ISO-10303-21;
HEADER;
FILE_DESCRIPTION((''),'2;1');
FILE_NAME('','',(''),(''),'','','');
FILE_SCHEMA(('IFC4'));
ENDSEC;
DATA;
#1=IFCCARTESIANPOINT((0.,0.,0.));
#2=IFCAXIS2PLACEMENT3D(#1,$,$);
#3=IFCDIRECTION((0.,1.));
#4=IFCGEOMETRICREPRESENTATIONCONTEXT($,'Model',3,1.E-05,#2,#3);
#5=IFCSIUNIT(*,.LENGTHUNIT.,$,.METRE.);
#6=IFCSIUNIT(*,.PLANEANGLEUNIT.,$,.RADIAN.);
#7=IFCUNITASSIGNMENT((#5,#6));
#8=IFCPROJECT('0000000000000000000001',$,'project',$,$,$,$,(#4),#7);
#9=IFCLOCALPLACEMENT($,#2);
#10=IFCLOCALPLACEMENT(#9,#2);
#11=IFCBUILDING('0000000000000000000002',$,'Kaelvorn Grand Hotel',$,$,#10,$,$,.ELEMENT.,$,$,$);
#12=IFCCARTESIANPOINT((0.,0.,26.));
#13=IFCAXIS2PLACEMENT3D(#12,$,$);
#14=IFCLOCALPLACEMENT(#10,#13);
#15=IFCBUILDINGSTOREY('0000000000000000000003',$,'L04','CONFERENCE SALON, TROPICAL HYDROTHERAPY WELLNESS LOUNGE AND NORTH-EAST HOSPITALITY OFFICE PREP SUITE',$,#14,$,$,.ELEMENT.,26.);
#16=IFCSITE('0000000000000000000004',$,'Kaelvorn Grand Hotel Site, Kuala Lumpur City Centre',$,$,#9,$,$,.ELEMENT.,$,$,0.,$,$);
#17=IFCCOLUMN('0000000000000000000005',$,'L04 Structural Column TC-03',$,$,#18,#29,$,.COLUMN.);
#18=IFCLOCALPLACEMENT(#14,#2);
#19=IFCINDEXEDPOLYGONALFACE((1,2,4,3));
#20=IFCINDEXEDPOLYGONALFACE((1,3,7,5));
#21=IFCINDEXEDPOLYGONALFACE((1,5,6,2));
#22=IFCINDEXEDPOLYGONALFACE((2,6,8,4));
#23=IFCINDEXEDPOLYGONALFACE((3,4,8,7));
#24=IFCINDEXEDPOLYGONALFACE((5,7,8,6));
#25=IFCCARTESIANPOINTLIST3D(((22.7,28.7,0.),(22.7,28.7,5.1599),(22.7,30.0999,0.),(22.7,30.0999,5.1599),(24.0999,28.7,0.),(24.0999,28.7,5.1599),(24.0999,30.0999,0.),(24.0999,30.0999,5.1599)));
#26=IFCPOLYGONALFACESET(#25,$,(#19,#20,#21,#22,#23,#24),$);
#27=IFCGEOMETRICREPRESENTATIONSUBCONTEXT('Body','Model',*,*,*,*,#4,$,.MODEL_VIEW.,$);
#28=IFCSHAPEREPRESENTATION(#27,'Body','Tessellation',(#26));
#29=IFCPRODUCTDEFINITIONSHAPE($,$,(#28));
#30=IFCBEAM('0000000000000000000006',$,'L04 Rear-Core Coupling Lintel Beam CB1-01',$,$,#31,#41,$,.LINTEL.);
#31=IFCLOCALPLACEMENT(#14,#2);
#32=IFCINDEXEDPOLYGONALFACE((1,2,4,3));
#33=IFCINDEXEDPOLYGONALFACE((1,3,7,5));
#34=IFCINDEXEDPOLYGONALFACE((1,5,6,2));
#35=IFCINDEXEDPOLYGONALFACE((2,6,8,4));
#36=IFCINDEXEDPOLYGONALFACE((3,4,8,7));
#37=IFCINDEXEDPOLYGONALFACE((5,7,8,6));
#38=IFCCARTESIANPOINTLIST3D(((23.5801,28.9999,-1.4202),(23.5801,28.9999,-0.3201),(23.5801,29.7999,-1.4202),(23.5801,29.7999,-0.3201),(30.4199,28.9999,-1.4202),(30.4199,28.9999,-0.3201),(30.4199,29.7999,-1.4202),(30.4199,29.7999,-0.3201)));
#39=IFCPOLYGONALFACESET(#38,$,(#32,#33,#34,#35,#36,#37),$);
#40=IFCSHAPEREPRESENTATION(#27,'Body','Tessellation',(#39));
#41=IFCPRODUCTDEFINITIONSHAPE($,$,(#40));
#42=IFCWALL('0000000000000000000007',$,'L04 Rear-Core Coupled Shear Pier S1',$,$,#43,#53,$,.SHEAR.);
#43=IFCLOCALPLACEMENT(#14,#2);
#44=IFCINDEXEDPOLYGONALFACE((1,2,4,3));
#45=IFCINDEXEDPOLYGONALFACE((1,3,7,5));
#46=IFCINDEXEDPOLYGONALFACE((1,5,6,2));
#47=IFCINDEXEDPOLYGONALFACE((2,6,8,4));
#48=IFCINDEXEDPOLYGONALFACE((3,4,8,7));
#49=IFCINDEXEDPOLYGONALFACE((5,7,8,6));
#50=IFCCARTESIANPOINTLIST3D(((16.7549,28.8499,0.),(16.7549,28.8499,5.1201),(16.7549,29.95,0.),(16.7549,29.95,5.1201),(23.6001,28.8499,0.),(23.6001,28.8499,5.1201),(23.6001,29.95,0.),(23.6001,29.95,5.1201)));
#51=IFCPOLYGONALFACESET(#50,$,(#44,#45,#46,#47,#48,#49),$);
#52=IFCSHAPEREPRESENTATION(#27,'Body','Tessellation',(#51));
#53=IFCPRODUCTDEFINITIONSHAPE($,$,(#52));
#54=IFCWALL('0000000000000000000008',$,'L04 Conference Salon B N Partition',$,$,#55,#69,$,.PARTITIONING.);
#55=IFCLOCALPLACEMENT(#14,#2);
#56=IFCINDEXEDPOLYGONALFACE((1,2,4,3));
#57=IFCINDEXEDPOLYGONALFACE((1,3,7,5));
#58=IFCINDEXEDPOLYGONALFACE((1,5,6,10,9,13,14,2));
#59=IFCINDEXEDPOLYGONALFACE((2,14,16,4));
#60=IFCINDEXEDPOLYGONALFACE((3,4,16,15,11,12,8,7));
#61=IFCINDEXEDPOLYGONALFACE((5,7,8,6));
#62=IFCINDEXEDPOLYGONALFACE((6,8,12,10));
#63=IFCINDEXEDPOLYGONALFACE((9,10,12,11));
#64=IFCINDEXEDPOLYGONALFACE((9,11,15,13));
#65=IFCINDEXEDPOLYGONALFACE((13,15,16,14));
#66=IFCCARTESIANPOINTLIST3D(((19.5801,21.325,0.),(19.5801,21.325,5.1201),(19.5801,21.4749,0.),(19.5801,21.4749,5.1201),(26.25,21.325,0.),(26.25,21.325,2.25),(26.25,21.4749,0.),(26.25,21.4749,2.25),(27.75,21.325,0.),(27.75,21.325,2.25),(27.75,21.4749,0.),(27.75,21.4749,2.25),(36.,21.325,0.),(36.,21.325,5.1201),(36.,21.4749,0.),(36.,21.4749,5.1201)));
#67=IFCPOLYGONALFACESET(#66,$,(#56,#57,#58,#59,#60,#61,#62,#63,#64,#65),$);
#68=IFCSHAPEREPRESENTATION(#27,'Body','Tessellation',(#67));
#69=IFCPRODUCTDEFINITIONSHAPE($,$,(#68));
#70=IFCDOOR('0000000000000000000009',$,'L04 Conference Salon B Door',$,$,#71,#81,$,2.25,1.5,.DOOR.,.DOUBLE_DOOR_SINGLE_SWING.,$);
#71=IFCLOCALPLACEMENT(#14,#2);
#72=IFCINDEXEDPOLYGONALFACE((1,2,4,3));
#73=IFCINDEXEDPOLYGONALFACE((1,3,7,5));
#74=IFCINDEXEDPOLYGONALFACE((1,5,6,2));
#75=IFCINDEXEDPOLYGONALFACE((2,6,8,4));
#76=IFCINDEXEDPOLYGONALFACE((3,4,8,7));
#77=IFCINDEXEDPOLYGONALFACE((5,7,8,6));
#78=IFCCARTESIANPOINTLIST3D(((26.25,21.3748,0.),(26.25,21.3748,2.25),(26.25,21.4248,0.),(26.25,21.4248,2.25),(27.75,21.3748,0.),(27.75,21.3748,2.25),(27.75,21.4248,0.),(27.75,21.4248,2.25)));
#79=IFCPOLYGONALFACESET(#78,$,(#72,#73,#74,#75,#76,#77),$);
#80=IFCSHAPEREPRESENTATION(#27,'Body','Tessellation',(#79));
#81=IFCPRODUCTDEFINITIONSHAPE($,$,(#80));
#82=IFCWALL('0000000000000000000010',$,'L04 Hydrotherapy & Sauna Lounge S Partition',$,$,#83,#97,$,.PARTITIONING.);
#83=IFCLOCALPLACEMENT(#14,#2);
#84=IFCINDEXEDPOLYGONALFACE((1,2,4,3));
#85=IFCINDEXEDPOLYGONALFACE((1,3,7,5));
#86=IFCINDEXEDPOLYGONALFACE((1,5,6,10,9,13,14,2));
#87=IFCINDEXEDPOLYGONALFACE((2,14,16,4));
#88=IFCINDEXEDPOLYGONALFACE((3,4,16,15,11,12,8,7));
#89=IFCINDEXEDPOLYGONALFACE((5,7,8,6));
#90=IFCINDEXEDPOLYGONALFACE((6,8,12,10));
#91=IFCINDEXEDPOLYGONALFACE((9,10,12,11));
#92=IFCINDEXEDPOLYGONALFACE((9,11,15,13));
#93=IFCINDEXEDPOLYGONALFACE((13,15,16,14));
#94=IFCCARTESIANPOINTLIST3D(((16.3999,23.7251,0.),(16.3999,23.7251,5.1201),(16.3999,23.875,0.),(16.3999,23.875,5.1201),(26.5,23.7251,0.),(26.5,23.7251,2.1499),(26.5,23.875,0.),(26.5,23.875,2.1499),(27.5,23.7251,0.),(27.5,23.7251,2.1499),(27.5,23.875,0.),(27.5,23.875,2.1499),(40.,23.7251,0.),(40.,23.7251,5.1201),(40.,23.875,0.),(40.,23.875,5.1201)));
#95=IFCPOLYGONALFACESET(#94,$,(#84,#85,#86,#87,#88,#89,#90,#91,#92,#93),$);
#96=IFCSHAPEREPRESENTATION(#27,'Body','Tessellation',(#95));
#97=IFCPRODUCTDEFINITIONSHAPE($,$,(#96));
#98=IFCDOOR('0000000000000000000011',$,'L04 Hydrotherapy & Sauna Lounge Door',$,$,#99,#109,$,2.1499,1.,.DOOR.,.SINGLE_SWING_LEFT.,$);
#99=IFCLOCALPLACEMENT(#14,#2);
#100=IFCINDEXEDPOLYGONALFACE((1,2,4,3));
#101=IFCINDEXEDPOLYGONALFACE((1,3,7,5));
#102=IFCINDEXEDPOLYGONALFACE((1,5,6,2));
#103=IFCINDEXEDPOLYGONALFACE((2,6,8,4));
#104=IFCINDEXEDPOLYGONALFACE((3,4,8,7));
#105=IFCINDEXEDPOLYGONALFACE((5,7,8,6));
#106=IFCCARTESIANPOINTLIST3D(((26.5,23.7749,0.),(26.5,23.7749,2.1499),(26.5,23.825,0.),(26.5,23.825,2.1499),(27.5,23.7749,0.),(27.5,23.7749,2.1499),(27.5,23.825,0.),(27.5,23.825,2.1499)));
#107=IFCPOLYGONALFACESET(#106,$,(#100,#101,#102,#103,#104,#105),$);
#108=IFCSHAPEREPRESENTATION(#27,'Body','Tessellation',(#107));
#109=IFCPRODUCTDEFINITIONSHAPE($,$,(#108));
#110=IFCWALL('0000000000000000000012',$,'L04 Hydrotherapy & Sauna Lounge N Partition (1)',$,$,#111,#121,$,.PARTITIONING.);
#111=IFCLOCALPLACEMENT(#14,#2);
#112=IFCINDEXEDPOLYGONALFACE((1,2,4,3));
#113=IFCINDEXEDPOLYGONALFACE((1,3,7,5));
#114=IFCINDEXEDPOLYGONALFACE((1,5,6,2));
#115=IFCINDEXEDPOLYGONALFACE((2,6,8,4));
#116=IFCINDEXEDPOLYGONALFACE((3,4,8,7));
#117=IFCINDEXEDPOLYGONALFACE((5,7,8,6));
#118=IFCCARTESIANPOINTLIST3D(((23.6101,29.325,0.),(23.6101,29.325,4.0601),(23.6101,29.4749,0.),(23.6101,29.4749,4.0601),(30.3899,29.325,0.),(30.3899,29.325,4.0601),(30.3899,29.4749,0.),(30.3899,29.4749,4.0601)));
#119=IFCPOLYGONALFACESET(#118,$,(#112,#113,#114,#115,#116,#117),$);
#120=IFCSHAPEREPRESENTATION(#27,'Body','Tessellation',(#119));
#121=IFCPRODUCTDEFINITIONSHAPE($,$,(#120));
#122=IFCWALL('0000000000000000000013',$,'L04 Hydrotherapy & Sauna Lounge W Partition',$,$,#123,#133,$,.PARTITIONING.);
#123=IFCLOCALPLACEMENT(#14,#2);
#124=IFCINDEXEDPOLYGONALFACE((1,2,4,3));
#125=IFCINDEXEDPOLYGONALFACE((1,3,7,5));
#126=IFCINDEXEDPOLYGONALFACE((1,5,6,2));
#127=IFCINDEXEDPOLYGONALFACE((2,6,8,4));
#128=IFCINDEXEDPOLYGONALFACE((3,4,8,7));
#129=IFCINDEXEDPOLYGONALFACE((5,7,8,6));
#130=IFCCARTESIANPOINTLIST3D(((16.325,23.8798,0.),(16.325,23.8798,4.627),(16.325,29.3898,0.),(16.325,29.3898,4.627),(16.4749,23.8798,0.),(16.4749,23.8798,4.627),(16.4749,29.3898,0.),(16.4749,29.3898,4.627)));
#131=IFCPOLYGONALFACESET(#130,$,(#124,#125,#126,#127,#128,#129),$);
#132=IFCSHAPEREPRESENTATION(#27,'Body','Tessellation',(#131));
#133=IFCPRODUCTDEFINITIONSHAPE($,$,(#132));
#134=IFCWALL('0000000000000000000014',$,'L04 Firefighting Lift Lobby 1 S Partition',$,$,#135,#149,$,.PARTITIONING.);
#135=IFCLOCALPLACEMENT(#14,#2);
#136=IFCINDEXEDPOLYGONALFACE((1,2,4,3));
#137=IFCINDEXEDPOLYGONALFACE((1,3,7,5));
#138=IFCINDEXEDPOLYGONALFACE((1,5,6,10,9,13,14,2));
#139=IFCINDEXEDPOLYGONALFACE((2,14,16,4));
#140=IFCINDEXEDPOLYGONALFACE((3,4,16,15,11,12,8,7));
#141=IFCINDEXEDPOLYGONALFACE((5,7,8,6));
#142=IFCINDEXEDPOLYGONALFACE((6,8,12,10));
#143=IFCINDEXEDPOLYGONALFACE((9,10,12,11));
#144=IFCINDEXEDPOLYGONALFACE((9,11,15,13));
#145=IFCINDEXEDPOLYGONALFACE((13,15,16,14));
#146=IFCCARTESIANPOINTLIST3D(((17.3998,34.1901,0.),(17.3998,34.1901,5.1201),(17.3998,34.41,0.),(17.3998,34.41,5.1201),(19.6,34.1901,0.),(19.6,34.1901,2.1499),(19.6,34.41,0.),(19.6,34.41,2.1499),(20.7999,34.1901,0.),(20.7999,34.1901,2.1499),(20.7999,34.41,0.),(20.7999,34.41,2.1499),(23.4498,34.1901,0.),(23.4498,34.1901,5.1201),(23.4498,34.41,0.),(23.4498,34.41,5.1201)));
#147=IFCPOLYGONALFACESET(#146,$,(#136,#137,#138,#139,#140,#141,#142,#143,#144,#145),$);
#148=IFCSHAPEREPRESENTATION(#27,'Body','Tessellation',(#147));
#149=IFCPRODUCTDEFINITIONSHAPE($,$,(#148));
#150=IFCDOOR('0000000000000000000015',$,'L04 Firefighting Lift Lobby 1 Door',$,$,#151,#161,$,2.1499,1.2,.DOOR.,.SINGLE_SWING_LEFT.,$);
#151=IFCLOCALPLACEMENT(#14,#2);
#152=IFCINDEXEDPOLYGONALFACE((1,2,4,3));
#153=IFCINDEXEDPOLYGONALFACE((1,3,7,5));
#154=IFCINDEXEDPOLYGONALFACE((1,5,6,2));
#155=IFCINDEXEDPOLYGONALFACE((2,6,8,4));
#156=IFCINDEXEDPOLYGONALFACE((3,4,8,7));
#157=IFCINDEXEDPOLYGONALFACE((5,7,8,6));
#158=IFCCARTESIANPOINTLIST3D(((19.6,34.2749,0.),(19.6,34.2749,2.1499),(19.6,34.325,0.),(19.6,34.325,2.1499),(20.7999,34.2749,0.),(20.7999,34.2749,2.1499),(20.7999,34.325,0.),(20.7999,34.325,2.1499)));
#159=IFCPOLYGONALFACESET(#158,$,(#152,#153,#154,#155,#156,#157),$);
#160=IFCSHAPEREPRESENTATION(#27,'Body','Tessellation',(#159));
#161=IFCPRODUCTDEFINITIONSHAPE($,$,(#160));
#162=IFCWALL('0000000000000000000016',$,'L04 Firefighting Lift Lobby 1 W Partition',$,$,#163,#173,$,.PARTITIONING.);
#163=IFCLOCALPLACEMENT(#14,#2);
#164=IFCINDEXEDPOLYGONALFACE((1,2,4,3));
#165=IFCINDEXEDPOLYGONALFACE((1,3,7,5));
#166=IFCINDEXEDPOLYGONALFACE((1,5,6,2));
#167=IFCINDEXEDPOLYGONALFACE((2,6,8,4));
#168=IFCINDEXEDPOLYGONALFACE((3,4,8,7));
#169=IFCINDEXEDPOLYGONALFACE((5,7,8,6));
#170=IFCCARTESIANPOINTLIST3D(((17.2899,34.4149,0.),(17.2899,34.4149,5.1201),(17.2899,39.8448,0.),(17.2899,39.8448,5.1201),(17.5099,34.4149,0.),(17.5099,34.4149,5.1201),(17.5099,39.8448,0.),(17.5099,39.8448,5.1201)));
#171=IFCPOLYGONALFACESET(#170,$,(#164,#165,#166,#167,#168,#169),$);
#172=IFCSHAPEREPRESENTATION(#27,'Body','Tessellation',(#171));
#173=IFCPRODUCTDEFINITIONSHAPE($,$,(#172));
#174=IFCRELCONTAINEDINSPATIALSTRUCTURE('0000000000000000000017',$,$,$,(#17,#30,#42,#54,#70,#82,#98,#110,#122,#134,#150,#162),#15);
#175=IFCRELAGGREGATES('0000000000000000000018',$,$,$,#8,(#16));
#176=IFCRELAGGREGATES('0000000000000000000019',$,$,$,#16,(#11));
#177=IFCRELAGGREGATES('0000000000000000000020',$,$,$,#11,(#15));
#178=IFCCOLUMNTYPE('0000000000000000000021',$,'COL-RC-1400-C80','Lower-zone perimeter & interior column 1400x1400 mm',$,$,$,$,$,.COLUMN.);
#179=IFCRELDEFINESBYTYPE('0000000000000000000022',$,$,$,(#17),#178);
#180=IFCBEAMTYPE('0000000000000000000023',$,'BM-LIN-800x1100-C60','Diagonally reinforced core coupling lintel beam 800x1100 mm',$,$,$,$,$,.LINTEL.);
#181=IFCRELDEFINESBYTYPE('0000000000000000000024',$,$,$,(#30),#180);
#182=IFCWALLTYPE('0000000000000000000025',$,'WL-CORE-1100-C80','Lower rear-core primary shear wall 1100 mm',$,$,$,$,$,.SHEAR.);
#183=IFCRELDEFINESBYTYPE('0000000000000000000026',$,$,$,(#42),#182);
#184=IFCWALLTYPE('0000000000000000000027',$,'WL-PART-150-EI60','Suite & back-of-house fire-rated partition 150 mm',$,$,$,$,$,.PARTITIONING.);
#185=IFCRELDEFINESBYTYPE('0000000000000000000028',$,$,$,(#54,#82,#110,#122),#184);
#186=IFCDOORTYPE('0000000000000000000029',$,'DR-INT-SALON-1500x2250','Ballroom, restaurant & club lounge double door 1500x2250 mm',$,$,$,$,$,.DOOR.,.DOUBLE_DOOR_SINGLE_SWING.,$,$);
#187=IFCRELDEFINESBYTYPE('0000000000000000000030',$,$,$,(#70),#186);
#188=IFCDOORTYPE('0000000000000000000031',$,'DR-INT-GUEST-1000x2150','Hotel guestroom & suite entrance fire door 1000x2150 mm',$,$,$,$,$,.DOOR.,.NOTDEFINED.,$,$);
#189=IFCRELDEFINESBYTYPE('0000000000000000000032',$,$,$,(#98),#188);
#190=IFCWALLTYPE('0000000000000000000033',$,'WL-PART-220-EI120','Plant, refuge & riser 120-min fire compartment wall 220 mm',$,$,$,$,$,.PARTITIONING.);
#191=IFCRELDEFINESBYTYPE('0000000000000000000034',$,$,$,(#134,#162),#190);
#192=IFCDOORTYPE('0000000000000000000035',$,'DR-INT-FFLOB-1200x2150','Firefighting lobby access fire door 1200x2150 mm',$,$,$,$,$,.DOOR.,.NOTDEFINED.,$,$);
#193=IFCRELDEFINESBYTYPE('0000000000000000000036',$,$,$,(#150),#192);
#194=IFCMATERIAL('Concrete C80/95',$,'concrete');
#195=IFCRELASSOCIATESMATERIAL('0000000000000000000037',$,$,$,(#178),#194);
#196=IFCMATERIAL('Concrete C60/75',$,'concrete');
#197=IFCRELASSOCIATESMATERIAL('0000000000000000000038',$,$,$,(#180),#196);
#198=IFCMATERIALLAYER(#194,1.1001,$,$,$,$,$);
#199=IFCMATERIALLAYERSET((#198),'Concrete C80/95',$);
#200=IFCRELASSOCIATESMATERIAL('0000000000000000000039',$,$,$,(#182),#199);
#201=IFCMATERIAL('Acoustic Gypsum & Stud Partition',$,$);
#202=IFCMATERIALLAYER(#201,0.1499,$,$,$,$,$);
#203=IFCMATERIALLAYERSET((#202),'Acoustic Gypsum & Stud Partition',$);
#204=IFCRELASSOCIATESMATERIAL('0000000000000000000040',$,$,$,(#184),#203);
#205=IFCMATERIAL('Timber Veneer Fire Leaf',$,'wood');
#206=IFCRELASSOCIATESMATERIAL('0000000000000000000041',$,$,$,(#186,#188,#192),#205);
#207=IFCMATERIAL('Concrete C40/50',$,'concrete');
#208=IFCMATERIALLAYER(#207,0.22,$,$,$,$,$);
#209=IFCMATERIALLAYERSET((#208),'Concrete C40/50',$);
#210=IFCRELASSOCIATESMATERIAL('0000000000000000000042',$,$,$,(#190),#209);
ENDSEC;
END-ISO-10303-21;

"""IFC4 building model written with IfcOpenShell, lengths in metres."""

from ifc_helpers import new_model, si_unit, direction, frame, frame_2d, origin, origin_2d, place, context, subcontext, project, spatial, rectangle, extrude, material, layer, layer_set, material_profile, profile_set, type_object, element, fill, save


model = new_model("IFC4")

# Units and contexts
model_context = context("Model", 3, precision=1e-05, world=origin(), true_north=direction((0.0, 1.0)))
body_context = subcontext(model_context, "Body", "Model", "MODEL_VIEW")
ifc_project = project(units=[si_unit("LENGTHUNIT", "METRE"), si_unit("PLANEANGLEUNIT", "RADIAN")], contexts=[model_context])

# Site, building, storey
site_placement = place(None, origin())
site = spatial("IfcSite", under=ifc_project, at=site_placement, Name="Kaelvorn Grand Hotel Site, Kuala Lumpur City Centre", CompositionType="ELEMENT", RefElevation=0.0)
building_placement = place(site_placement, origin())
building = spatial("IfcBuilding", under=site, at=building_placement, Name="Kaelvorn Grand Hotel", CompositionType="ELEMENT")
storey_placement = place(building_placement, frame((0.0, 0.0, 26.0)))
storey = spatial("IfcBuildingStorey", under=building, at=storey_placement, Name="L04", Description="CONFERENCE SALON, TROPICAL HYDROTHERAPY WELLNESS LOUNGE AND NORTH-EAST HOSPITALITY OFFICE PREP SUITE", CompositionType="ELEMENT", Elevation=26.0)

# Column
ifc_material_1 = material(Name="Concrete C80/95", Category="concrete")
ifc_material_profile_1 = material_profile(ifc_material_1, rectangle(XDim=1.3999, YDim=1.3999, at=origin_2d()), Name="RC COL 1400x1400")
ifc_profile_set_1 = profile_set([ifc_material_profile_1], Name="Concrete C80/95")
column_type = type_object("IfcColumnType", Name="COL-RC-1400-C80", Description="Lower-zone perimeter & interior column 1400x1400 mm", PredefinedType="COLUMN", material=ifc_profile_set_1)
column_placement = place(storey_placement, frame((23.3999, 29.3999, 0.0), z_axis=(0.0, 0.0, 1.0), x_axis=(1.0, 0.0, 0.0)))
element("IfcColumn", 1, at=column_placement, inside=storey, type_object=column_type, Name="L04 Structural Column TC-03", PredefinedType="COLUMN", context=body_context, shape_type="SweptSolid", body=[
    extrude(rectangle(XDim=1.3999, YDim=1.3999, at=origin_2d()), origin(), (0.0, 0.0, 1.0), 5.1599),
])

# Beam
ifc_material_2 = material(Name="Concrete C60/75", Category="concrete")
ifc_material_profile_2 = material_profile(ifc_material_2, rectangle(XDim=0.8, YDim=1.1001, at=origin_2d()), Name="RC LINTEL 800x1100")
ifc_profile_set_2 = profile_set([ifc_material_profile_2], Name="Concrete C60/75")
beam_type = type_object("IfcBeamType", Name="BM-LIN-800x1100-C60", Description="Diagonally reinforced core coupling lintel beam 800x1100 mm", PredefinedType="LINTEL", material=ifc_profile_set_2)
beam_placement = place(storey_placement, frame((23.5801, 29.3999, -0.8701), z_axis=(1.0, 0.0, 0.0), x_axis=(0.0, 1.0, 0.0)))
element("IfcBeam", 2, at=beam_placement, inside=storey, type_object=beam_type, Name="L04 Rear-Core Coupling Lintel Beam CB1-01", PredefinedType="LINTEL", context=body_context, shape_type="SweptSolid", body=[
    extrude(rectangle(XDim=0.8, YDim=1.1001, at=origin_2d()), origin(), (0.0, 0.0, 1.0), 6.8398),
])

# Wall
ifc_layer_1 = layer(ifc_material_1, 1.1001)
ifc_layer_set_1 = layer_set([ifc_layer_1], Name="Concrete C80/95")
wall_type_1 = type_object("IfcWallType", Name="WL-CORE-1100-C80", Description="Lower rear-core primary shear wall 1100 mm", PredefinedType="SHEAR", material=ifc_layer_set_1)
wall_1_placement = place(storey_placement, frame((16.7549, 29.3999, 0.0), z_axis=(0.0, 0.0, 1.0), x_axis=(1.0, 0.0, 0.0)))
element("IfcWall", 3, at=wall_1_placement, inside=storey, type_object=wall_type_1, Name="L04 Rear-Core Coupled Shear Pier S1", PredefinedType="SHEAR", context=body_context, shape_type="SweptSolid", body=[
    extrude(rectangle(XDim=6.8452, YDim=1.1001, at=frame_2d((3.4226, 0.0))), origin(), (0.0, 0.0, 1.0), 5.1201),
])

# Walls, openings, doors
ifc_material_3 = material(Name="Acoustic Gypsum & Stud Partition")
ifc_layer_2 = layer(ifc_material_3, 0.1499)
ifc_layer_set_2 = layer_set([ifc_layer_2], Name="Acoustic Gypsum & Stud Partition")
wall_type_2 = type_object("IfcWallType", Name="WL-PART-150-EI60", Description="Suite & back-of-house fire-rated partition 150 mm", PredefinedType="PARTITIONING", material=ifc_layer_set_2)
wall_2_placement = place(storey_placement, frame((19.5801, 21.3999, 0.0), z_axis=(0.0, 0.0, 1.0), x_axis=(1.0, 0.0, 0.0)))
wall_2 = element("IfcWall", 4, at=wall_2_placement, inside=storey, type_object=wall_type_2, Name="L04 Conference Salon B N Partition", PredefinedType="PARTITIONING", context=body_context, shape_type="SweptSolid", body=[
    extrude(rectangle(XDim=16.4199, YDim=0.1499, at=frame_2d((8.21, 0.0))), origin(), (0.0, 0.0, 1.0), 5.1201),
])
opening_1_placement = place(wall_2_placement, frame((6.6699, 0.0, 0.0)))
opening_1 = element("IfcOpeningElement", 5, at=opening_1_placement, cuts=wall_2, PredefinedType="OPENING", context=body_context, shape_type="SweptSolid", body=[
    extrude(rectangle(XDim=1.5, YDim=2.25, at=frame_2d((0.75, 1.125))), frame((0.0, 0.085, 0.0), z_axis=(0.0, -1.0, 0.0), x_axis=(1.0, 0.0, 0.0)), (0.0, 0.0, 1.0), 0.1699),
])
ifc_material_4 = material(Name="Timber Veneer Fire Leaf", Category="wood")
door_type_1 = type_object("IfcDoorType", Name="DR-INT-SALON-1500x2250", Description="Ballroom, restaurant & club lounge double door 1500x2250 mm", OperationType="DOUBLE_DOOR_SINGLE_SWING", PredefinedType="DOOR", material=ifc_material_4)
door_1_placement = place(opening_1_placement, origin())
door_1 = element("IfcDoor", 6, at=door_1_placement, inside=storey, type_object=door_type_1, Name="L04 Conference Salon B Door", OperationType="DOUBLE_DOOR_SINGLE_SWING", OverallHeight=2.25, OverallWidth=1.5, PredefinedType="DOOR", context=body_context, shape_type="SweptSolid", body=[
    extrude(rectangle(XDim=1.5, YDim=2.25, at=frame_2d((0.75, 1.125))), frame((0.0, 0.0249, 0.0), z_axis=(0.0, -1.0, 0.0), x_axis=(1.0, 0.0, 0.0)), (0.0, 0.0, 1.0), 0.05),
])
fill(opening_1, door_1)
wall_3_placement = place(storey_placement, frame((16.3999, 23.8, 0.0), z_axis=(0.0, 0.0, 1.0), x_axis=(1.0, 0.0, 0.0)))
wall_3 = element("IfcWall", 7, at=wall_3_placement, inside=storey, type_object=wall_type_2, Name="L04 Hydrotherapy & Sauna Lounge S Partition", PredefinedType="PARTITIONING", context=body_context, shape_type="SweptSolid", body=[
    extrude(rectangle(XDim=23.6001, YDim=0.1499, at=frame_2d((11.8, 0.0))), origin(), (0.0, 0.0, 1.0), 5.1201),
])
opening_2_placement = place(wall_3_placement, frame((10.1001, 0.0, 0.0)))
opening_2 = element("IfcOpeningElement", 8, at=opening_2_placement, cuts=wall_3, PredefinedType="OPENING", context=body_context, shape_type="SweptSolid", body=[
    extrude(rectangle(XDim=1.0, YDim=2.1499, at=frame_2d((0.5, 1.075))), frame((0.0, 0.085, 0.0), z_axis=(0.0, -1.0, 0.0), x_axis=(1.0, 0.0, 0.0)), (0.0, 0.0, 1.0), 0.1699),
])
door_type_2 = type_object("IfcDoorType", Name="DR-INT-GUEST-1000x2150", Description="Hotel guestroom & suite entrance fire door 1000x2150 mm", OperationType="NOTDEFINED", PredefinedType="DOOR", material=ifc_material_4)
door_2_placement = place(opening_2_placement, origin())
door_2 = element("IfcDoor", 9, at=door_2_placement, inside=storey, type_object=door_type_2, Name="L04 Hydrotherapy & Sauna Lounge Door", OperationType="SINGLE_SWING_LEFT", OverallHeight=2.1499, OverallWidth=1.0, PredefinedType="DOOR", context=body_context, shape_type="SweptSolid", body=[
    extrude(rectangle(XDim=1.0, YDim=2.1499, at=frame_2d((0.5, 1.075))), frame((0.0, 0.0249, 0.0), z_axis=(0.0, -1.0, 0.0), x_axis=(1.0, 0.0, 0.0)), (0.0, 0.0, 1.0), 0.05),
])
fill(opening_2, door_2)

# Walls
wall_4_placement = place(storey_placement, frame((23.6101, 29.3999, 0.0), z_axis=(0.0, 0.0, 1.0), x_axis=(1.0, 0.0, 0.0)))
element("IfcWall", 10, at=wall_4_placement, inside=storey, type_object=wall_type_2, Name="L04 Hydrotherapy & Sauna Lounge N Partition (1)", PredefinedType="PARTITIONING", context=body_context, shape_type="SweptSolid", body=[
    extrude(rectangle(XDim=6.7798, YDim=0.1499, at=frame_2d((3.3899, 0.0))), origin(), (0.0, 0.0, 1.0), 4.0601),
])
wall_5_placement = place(storey_placement, frame((16.3999, 23.8799, 0.0), z_axis=(0.0, 0.0, 1.0), x_axis=(0.0, 1.0, 0.0)))
element("IfcWall", 11, at=wall_5_placement, inside=storey, type_object=wall_type_2, Name="L04 Hydrotherapy & Sauna Lounge W Partition", PredefinedType="PARTITIONING", context=body_context, shape_type="SweptSolid", body=[
    extrude(rectangle(XDim=5.51, YDim=0.1499, at=frame_2d((2.7549, 0.0))), origin(), (0.0, 0.0, 1.0), 4.627),
])

# Wall, opening, door
ifc_material_5 = material(Name="Concrete C40/50", Category="concrete")
ifc_layer_3 = layer(ifc_material_5, 0.22)
ifc_layer_set_3 = layer_set([ifc_layer_3], Name="Concrete C40/50")
wall_type_3 = type_object("IfcWallType", Name="WL-PART-220-EI120", Description="Plant, refuge & riser 120-min fire compartment wall 220 mm", PredefinedType="PARTITIONING", material=ifc_layer_set_3)
wall_6_placement = place(storey_placement, frame((17.3999, 34.3, 0.0), z_axis=(0.0, 0.0, 1.0), x_axis=(1.0, 0.0, 0.0)))
wall_6 = element("IfcWall", 12, at=wall_6_placement, inside=storey, type_object=wall_type_3, Name="L04 Firefighting Lift Lobby 1 S Partition", PredefinedType="PARTITIONING", context=body_context, shape_type="SweptSolid", body=[
    extrude(rectangle(XDim=6.05, YDim=0.22, at=frame_2d((3.0249, 0.0))), origin(), (0.0, 0.0, 1.0), 5.1201),
])
opening_3_placement = place(wall_6_placement, frame((2.2, 0.0, 0.0)))
opening_3 = element("IfcOpeningElement", 13, at=opening_3_placement, cuts=wall_6, PredefinedType="OPENING", context=body_context, shape_type="SweptSolid", body=[
    extrude(rectangle(XDim=1.2, YDim=2.1499, at=frame_2d((0.6001, 1.075))), frame((0.0, 0.1201, 0.0), z_axis=(0.0, -1.0, 0.0), x_axis=(1.0, 0.0, 0.0)), (0.0, 0.0, 1.0), 0.24),
])
door_type_3 = type_object("IfcDoorType", Name="DR-INT-FFLOB-1200x2150", Description="Firefighting lobby access fire door 1200x2150 mm", OperationType="NOTDEFINED", PredefinedType="DOOR", material=ifc_material_4)
door_3_placement = place(opening_3_placement, origin())
door_3 = element("IfcDoor", 14, at=door_3_placement, inside=storey, type_object=door_type_3, Name="L04 Firefighting Lift Lobby 1 Door", OperationType="SINGLE_SWING_LEFT", OverallHeight=2.1499, OverallWidth=1.2, PredefinedType="DOOR", context=body_context, shape_type="SweptSolid", body=[
    extrude(rectangle(XDim=1.2, YDim=2.1499, at=frame_2d((0.6001, 1.075))), frame((0.0, 0.0249, 0.0), z_axis=(0.0, -1.0, 0.0), x_axis=(1.0, 0.0, 0.0)), (0.0, 0.0, 1.0), 0.05),
])
fill(opening_3, door_3)

# Wall
wall_7_placement = place(storey_placement, frame((17.3999, 34.415, 0.0), z_axis=(0.0, 0.0, 1.0), x_axis=(0.0, 1.0, 0.0)))
element("IfcWall", 15, at=wall_7_placement, inside=storey, type_object=wall_type_3, Name="L04 Firefighting Lift Lobby 1 W Partition", PredefinedType="PARTITIONING", context=body_context, shape_type="SweptSolid", body=[
    extrude(rectangle(XDim=5.4299, YDim=0.22, at=frame_2d((2.7148, 0.0))), origin(), (0.0, 0.0, 1.0), 5.1201),
])

save(model, "model.ifc")
